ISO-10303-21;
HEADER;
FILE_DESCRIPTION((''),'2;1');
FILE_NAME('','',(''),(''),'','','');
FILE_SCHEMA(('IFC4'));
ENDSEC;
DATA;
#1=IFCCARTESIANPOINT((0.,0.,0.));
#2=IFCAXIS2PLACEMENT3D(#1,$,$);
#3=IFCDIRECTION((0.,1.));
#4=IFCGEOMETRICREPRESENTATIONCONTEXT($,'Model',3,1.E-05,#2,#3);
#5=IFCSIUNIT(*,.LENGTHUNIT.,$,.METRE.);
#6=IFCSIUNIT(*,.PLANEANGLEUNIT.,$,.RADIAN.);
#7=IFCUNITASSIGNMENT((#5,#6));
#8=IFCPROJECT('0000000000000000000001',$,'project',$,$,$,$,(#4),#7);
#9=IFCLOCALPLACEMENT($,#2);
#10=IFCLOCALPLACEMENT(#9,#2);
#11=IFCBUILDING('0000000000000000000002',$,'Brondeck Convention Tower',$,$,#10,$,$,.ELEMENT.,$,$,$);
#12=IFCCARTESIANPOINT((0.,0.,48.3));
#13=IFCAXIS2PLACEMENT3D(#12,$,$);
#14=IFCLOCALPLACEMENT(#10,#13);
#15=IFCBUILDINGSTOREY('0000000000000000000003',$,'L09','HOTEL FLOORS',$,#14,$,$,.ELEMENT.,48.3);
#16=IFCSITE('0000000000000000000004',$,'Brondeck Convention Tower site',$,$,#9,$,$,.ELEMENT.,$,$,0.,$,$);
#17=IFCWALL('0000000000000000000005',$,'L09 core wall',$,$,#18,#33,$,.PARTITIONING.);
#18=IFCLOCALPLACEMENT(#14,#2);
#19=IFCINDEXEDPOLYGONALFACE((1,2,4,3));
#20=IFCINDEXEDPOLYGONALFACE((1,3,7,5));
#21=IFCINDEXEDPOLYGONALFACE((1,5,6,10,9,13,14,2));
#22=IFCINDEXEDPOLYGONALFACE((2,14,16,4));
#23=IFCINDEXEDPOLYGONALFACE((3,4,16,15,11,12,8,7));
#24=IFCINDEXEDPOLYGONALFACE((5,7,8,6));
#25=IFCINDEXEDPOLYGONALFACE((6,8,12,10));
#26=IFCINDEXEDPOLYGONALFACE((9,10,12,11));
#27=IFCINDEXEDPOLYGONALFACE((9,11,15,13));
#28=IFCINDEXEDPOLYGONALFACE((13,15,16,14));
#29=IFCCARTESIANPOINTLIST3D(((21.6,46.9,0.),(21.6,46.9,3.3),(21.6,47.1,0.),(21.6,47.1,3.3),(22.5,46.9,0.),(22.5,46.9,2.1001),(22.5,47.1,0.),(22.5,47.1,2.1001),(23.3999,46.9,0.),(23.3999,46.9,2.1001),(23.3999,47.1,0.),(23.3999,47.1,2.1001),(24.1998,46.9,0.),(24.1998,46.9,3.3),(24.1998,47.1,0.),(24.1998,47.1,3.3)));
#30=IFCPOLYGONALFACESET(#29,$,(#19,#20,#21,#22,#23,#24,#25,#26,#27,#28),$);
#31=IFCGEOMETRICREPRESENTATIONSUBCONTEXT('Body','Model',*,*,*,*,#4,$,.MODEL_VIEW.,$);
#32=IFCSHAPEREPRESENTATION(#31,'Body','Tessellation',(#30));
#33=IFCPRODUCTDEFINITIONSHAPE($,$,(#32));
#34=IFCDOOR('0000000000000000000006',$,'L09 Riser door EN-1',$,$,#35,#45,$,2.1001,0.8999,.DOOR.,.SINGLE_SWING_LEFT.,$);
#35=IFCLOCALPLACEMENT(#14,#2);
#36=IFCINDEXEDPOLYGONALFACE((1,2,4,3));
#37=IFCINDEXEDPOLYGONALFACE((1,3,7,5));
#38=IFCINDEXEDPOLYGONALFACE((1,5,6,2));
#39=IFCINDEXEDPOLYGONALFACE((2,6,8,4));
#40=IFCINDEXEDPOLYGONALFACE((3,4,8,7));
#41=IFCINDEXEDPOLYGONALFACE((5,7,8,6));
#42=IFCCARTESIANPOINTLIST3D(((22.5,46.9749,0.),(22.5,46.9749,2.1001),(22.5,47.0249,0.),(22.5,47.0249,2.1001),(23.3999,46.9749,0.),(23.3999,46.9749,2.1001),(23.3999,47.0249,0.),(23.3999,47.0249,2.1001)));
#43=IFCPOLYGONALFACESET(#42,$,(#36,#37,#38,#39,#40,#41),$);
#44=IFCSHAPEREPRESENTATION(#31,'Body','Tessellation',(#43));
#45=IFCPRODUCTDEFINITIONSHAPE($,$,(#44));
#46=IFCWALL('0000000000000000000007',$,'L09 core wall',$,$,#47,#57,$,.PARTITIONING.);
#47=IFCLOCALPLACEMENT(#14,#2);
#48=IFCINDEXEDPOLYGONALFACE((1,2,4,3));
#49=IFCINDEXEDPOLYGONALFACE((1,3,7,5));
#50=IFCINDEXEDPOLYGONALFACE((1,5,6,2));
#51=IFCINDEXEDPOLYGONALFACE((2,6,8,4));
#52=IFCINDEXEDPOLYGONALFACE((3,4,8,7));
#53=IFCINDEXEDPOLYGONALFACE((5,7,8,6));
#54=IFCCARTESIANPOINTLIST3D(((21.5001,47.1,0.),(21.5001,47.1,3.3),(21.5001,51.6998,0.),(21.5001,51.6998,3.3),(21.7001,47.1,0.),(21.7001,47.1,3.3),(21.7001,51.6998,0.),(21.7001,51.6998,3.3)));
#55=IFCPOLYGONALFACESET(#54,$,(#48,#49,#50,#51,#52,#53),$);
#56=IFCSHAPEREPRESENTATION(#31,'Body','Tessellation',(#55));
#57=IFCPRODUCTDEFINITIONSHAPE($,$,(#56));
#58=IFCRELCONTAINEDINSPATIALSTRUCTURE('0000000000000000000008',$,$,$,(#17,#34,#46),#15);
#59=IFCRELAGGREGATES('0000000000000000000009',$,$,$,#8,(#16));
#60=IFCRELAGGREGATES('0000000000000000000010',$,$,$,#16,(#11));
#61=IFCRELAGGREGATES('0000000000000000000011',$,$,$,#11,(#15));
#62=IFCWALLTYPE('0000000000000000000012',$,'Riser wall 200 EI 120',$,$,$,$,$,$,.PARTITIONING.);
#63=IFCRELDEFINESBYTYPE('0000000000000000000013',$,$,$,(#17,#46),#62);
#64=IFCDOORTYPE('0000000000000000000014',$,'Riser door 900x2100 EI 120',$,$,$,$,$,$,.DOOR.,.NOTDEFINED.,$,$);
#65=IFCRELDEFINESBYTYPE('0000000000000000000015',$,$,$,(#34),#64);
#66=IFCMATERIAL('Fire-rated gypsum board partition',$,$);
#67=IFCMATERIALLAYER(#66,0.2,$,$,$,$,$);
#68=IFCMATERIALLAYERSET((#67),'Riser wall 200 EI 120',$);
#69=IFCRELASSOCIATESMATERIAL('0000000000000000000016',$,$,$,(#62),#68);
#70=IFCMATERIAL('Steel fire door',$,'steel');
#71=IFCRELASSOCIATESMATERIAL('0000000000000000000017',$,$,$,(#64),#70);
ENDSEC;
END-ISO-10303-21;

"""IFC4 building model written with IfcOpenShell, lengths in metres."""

from ifc_helpers import new_model, si_unit, direction, frame, frame_2d, origin, place, context, subcontext, project, spatial, rectangle, extrude, material, layer, layer_set, type_object, element, fill, save


model = new_model("IFC4")

# Units and contexts
model_context = context("Model", 3, precision=1e-05, world=origin(), true_north=direction((0.0, 1.0)))
body_context = subcontext(model_context, "Body", "Model", "MODEL_VIEW")
ifc_project = project(units=[si_unit("LENGTHUNIT", "METRE"), si_unit("PLANEANGLEUNIT", "RADIAN")], contexts=[model_context])

# Site, building, storey
site_placement = place(None, origin())
site = spatial("IfcSite", under=ifc_project, at=site_placement, Name="Brondeck Convention Tower site", CompositionType="ELEMENT", RefElevation=0.0)
building_placement = place(site_placement, origin())
building = spatial("IfcBuilding", under=site, at=building_placement, Name="Brondeck Convention Tower", CompositionType="ELEMENT")
storey_placement = place(building_placement, frame((0.0, 0.0, 48.3)))
storey = spatial("IfcBuildingStorey", under=building, at=storey_placement, Name="L09", Description="HOTEL FLOORS", CompositionType="ELEMENT", Elevation=48.3)

# Shared definitions
ifc_material_1 = material(Name="Fire-rated gypsum board partition")

# Shared definitions
ifc_material_2 = material(Name="Steel fire door", Category="steel")

# Wall, opening, door
ifc_layer_1 = layer(ifc_material_1, 0.2)
ifc_layer_set_1 = layer_set([ifc_layer_1], Name="Riser wall 200 EI 120")
wall_type_1 = type_object("IfcWallType", Name="Riser wall 200 EI 120", PredefinedType="PARTITIONING", material=ifc_layer_set_1)
wall_1_placement = place(storey_placement, frame((21.6001, 47.0, 0.0), z_axis=(0.0, 0.0, 1.0), x_axis=(1.0, 0.0, 0.0)))
wall_1 = element("IfcWall", 1, at=wall_1_placement, inside=storey, type_object=wall_type_1, Name="L09 core wall", PredefinedType="PARTITIONING", context=body_context, shape_type="SweptSolid", body=[
    extrude(rectangle(XDim=2.5999, YDim=0.2, at=frame_2d((1.2998, 0.0))), origin(), (0.0, 0.0, 1.0), 3.3),
])
opening_1_placement = place(wall_1_placement, frame((0.8999, 0.0, 0.0)))
opening_1 = element("IfcOpeningElement", 2, at=opening_1_placement, cuts=wall_1, PredefinedType="OPENING", context=body_context, shape_type="SweptSolid", body=[
    extrude(rectangle(XDim=0.8999, YDim=2.1001, at=frame_2d((0.45, 1.05))), frame((0.0, 0.1099, 0.0), z_axis=(0.0, -1.0, 0.0), x_axis=(1.0, 0.0, 0.0)), (0.0, 0.0, 1.0), 0.22),
])
door_type_1 = type_object("IfcDoorType", Name="Riser door 900x2100 EI 120", OperationType="NOTDEFINED", PredefinedType="DOOR", material=ifc_material_2)
door_1_placement = place(opening_1_placement, origin())
door_1 = element("IfcDoor", 3, at=door_1_placement, inside=storey, type_object=door_type_1, Name="L09 Riser door EN-1", OperationType="SINGLE_SWING_LEFT", OverallHeight=2.1001, OverallWidth=0.8999, PredefinedType="DOOR", context=body_context, shape_type="SweptSolid", body=[
    extrude(rectangle(XDim=0.8999, YDim=2.1001, at=frame_2d((0.45, 1.05))), frame((0.0, 0.0249, 0.0), z_axis=(0.0, -1.0, 0.0), x_axis=(1.0, 0.0, 0.0)), (0.0, 0.0, 1.0), 0.05),
])
fill(opening_1, door_1)

# Wall
wall_2_placement = place(storey_placement, frame((21.6001, 47.1001, 0.0), z_axis=(0.0, 0.0, 1.0), x_axis=(0.0, 1.0, 0.0)))
element("IfcWall", 4, at=wall_2_placement, inside=storey, type_object=wall_type_1, Name="L09 core wall", PredefinedType="PARTITIONING", context=body_context, shape_type="SweptSolid", body=[
    extrude(rectangle(XDim=4.5999, YDim=0.2, at=frame_2d((2.2998, 0.0))), origin(), (0.0, 0.0, 1.0), 3.3),
])

save(model, "model.ifc")
